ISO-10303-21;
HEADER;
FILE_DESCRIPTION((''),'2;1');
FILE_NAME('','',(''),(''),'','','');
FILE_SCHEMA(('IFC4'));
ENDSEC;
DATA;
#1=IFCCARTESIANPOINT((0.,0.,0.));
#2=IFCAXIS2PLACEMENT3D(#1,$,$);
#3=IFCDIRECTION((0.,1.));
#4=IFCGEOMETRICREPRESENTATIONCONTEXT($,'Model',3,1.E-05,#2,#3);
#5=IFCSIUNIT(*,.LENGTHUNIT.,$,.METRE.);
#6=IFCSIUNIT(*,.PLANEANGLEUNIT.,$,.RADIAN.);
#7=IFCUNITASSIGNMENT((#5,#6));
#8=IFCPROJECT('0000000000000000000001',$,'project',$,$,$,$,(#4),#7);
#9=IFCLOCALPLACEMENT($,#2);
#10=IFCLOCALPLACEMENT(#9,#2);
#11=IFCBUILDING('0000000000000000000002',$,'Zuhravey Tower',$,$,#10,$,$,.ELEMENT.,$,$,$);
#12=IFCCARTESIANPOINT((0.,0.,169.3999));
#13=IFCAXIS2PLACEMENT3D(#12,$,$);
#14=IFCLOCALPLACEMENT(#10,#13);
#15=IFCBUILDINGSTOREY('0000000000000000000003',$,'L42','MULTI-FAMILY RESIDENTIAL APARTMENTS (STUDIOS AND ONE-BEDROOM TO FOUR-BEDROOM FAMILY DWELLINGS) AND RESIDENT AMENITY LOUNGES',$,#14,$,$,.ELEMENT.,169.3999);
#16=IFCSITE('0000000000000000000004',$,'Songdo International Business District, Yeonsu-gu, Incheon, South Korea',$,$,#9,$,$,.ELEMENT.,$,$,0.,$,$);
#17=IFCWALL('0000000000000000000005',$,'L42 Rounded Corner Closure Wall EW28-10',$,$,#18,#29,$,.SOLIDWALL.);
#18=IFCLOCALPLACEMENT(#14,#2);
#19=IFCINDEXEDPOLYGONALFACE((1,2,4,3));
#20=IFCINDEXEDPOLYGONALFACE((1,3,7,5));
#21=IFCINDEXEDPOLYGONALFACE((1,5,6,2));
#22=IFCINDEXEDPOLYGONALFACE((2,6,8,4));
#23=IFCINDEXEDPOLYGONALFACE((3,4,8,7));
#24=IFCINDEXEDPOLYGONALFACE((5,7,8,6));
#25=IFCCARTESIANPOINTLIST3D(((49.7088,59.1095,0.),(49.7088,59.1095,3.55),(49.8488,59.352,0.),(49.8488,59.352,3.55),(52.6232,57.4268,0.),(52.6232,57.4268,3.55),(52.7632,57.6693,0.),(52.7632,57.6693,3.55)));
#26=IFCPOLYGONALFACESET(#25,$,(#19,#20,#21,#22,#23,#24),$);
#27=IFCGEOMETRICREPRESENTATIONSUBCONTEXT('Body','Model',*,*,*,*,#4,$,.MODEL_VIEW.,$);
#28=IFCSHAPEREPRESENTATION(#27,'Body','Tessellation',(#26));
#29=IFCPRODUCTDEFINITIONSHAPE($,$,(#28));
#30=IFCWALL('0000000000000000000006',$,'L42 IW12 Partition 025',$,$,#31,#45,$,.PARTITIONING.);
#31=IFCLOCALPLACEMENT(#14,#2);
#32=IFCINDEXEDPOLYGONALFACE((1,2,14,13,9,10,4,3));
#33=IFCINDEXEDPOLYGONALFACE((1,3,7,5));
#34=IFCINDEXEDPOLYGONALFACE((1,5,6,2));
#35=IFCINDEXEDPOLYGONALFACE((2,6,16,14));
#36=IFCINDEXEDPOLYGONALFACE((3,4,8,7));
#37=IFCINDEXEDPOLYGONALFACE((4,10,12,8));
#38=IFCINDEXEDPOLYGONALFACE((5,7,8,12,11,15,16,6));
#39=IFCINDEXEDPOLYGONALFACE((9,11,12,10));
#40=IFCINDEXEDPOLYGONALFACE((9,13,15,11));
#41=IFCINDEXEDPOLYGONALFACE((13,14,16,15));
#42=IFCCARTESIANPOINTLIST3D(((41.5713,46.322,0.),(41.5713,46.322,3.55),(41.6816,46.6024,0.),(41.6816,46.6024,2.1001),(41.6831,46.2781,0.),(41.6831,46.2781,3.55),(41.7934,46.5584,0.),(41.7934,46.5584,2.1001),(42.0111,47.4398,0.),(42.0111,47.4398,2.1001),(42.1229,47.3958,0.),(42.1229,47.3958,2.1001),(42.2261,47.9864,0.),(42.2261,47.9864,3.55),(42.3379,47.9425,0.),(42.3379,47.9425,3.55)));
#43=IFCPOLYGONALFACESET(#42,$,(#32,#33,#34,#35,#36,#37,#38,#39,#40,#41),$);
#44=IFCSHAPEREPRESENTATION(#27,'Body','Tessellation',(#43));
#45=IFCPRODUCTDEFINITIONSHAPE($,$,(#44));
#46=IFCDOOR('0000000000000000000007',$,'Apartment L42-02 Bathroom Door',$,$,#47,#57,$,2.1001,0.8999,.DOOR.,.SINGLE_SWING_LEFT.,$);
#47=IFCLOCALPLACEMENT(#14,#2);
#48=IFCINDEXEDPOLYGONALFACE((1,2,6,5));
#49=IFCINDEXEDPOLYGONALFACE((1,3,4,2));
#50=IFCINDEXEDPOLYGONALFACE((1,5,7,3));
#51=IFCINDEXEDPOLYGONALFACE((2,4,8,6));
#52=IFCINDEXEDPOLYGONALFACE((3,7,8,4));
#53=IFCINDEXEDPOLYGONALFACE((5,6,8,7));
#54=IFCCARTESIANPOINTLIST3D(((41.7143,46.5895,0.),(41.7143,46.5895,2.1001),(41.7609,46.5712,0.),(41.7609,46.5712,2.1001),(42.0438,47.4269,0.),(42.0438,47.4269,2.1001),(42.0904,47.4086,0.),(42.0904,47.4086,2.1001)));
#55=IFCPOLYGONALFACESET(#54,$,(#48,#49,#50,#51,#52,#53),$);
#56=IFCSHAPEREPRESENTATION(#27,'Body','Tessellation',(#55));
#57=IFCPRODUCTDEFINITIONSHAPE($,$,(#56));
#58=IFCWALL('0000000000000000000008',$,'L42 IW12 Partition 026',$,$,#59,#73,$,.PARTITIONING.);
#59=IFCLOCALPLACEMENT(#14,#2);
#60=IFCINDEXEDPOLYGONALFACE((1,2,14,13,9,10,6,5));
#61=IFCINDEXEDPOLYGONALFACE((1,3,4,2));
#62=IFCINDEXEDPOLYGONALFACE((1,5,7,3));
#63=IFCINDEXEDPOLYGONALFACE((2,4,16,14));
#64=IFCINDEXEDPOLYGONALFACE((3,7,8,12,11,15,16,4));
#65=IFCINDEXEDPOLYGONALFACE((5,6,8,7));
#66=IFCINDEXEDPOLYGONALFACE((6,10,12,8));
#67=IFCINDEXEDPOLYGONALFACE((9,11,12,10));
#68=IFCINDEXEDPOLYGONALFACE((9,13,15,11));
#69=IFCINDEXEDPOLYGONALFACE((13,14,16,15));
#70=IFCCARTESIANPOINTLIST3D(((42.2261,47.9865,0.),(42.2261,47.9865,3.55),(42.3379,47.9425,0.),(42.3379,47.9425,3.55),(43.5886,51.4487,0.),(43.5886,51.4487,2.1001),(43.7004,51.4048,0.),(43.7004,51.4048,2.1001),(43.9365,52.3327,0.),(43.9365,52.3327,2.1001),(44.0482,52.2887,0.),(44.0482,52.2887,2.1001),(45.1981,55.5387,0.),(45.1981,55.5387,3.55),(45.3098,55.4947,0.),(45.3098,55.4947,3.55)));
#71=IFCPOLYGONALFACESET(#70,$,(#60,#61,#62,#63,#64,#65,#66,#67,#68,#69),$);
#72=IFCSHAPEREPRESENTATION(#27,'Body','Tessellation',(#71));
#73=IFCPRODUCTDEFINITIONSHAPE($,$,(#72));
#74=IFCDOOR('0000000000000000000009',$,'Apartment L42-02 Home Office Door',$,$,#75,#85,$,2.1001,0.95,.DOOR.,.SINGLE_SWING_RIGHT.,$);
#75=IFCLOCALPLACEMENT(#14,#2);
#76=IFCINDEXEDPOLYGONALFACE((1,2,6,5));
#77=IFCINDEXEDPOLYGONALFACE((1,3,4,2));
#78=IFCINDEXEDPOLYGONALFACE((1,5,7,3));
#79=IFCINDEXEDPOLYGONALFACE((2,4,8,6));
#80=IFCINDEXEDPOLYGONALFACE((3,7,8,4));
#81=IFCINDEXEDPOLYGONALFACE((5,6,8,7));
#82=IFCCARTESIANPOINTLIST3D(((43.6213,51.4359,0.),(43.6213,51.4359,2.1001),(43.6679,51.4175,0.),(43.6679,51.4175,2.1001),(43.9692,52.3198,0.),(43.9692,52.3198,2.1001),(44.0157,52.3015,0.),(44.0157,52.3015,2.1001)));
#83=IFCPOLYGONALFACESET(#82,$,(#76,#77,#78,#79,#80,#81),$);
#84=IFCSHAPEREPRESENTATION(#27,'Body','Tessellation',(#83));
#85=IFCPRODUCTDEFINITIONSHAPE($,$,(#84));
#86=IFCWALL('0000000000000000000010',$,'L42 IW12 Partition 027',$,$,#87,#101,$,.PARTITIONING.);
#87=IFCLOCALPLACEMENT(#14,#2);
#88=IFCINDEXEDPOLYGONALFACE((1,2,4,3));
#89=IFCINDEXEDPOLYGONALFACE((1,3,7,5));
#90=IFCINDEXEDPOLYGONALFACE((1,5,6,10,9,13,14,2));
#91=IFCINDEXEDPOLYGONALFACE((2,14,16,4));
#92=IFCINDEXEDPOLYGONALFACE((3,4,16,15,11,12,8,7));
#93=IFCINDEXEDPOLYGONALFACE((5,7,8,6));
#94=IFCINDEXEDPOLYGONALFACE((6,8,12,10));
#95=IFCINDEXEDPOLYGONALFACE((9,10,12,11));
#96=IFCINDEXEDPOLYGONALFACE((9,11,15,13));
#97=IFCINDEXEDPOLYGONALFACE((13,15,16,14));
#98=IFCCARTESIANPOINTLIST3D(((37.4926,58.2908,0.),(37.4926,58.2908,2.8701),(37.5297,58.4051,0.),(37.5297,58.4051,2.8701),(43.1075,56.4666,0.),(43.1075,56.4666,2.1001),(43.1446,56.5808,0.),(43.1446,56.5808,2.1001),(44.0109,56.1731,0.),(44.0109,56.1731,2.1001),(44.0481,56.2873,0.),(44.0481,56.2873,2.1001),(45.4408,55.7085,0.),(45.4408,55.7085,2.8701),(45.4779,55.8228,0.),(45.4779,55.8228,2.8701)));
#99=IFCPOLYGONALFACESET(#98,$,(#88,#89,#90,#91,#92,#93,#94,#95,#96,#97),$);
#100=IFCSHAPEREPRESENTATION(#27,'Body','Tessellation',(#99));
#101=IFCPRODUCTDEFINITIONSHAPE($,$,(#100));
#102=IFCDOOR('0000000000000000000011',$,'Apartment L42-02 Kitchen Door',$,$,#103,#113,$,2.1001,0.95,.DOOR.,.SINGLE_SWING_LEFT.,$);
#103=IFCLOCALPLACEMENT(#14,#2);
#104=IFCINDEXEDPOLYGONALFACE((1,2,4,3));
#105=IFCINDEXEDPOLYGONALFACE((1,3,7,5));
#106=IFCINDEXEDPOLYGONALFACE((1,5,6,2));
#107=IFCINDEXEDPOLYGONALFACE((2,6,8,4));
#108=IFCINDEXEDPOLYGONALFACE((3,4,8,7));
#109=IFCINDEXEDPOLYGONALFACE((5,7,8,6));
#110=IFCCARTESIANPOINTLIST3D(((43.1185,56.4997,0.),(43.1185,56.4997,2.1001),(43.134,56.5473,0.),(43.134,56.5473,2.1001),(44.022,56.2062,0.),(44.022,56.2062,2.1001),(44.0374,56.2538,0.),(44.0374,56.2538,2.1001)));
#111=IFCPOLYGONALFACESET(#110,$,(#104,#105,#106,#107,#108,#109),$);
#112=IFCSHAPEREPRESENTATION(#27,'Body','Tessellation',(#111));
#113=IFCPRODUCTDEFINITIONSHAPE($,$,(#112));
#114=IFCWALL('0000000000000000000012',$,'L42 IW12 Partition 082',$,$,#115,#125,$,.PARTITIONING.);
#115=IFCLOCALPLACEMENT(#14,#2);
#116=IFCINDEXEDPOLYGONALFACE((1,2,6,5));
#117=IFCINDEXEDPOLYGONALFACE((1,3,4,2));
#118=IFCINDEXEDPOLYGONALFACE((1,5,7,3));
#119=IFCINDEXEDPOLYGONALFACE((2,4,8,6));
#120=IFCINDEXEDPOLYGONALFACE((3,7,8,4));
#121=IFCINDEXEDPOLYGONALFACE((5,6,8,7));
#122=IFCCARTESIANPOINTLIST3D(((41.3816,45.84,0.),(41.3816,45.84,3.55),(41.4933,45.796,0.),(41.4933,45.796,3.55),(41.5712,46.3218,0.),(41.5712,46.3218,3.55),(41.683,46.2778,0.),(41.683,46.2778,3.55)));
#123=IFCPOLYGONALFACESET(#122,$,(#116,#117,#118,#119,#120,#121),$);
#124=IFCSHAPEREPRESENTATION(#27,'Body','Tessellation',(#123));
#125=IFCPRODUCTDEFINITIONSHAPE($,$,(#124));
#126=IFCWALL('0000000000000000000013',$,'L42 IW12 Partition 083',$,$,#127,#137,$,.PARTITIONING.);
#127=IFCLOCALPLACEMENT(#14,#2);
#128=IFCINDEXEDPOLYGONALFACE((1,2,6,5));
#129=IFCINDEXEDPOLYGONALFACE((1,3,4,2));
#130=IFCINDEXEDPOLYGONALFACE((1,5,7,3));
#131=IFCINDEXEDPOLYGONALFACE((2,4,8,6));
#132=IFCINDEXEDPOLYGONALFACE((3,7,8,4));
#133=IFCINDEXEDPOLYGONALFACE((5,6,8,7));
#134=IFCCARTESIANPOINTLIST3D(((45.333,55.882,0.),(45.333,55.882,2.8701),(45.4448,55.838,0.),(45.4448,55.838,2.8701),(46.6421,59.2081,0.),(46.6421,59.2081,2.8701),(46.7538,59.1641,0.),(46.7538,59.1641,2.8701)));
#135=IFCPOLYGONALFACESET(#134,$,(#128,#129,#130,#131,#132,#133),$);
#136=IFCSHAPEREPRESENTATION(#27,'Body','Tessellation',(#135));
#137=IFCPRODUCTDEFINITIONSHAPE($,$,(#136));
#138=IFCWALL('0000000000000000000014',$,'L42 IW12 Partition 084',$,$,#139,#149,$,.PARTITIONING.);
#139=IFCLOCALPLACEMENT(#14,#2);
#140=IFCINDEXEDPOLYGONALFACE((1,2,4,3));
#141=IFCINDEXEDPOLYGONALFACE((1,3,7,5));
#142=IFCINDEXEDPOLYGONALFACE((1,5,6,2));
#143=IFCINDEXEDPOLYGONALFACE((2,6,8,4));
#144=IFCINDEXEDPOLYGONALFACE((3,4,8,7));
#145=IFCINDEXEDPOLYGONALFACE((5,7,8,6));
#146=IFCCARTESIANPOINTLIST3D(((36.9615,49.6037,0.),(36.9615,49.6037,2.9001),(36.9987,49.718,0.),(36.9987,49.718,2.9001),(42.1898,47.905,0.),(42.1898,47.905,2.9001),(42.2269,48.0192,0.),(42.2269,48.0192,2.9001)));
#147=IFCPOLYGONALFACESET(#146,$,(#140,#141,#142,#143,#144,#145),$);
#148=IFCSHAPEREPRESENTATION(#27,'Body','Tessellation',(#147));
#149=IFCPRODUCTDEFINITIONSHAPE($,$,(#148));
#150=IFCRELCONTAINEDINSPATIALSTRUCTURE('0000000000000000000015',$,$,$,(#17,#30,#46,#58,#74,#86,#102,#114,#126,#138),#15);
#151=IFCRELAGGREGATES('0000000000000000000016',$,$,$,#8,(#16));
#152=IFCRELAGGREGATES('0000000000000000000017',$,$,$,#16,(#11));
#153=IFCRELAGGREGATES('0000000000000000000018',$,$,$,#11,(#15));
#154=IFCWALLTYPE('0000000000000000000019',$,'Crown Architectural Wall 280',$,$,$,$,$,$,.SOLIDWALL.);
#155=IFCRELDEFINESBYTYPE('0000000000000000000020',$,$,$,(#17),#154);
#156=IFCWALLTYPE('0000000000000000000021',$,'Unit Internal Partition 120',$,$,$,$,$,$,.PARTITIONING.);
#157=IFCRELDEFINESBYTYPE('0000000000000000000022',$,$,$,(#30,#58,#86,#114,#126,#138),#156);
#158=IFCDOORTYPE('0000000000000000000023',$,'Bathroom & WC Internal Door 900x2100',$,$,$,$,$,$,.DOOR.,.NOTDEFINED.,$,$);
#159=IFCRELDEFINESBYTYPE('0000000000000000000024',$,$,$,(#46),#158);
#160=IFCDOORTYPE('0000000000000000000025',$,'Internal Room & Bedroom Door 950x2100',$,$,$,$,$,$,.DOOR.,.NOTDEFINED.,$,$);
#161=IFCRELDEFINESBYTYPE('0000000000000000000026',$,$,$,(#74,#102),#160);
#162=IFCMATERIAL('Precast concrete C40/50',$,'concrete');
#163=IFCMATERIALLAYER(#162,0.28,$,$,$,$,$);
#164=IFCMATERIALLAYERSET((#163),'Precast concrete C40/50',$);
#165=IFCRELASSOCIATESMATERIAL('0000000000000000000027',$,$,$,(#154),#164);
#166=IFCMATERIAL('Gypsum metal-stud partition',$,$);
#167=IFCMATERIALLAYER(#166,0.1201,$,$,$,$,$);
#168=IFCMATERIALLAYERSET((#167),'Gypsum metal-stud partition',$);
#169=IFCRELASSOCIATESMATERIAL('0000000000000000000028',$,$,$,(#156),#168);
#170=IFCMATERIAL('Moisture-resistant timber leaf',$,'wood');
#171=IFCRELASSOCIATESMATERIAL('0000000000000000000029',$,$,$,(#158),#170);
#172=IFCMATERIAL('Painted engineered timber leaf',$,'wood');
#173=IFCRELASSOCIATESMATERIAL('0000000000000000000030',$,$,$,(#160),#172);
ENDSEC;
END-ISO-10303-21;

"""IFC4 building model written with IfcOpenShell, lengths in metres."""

from ifc_helpers import new_model, si_unit, direction, frame, frame_2d, origin, place, context, subcontext, project, spatial, rectangle, extrude, material, layer, layer_set, type_object, element, fill, save


model = new_model("IFC4")

# Units and contexts
model_context = context("Model", 3, precision=1e-05, world=origin(), true_north=direction((0.0, 1.0)))
body_context = subcontext(model_context, "Body", "Model", "MODEL_VIEW")
ifc_project = project(units=[si_unit("LENGTHUNIT", "METRE"), si_unit("PLANEANGLEUNIT", "RADIAN")], contexts=[model_context])

# Site, building, storey
site_placement = place(None, origin())
site = spatial("IfcSite", under=ifc_project, at=site_placement, Name="Songdo International Business District, Yeonsu-gu, Incheon, South Korea", CompositionType="ELEMENT", RefElevation=0.0)
building_placement = place(site_placement, origin())
building = spatial("IfcBuilding", under=site, at=building_placement, Name="Zuhravey Tower", CompositionType="ELEMENT")
storey_placement = place(building_placement, frame((0.0, 0.0, 169.3999)))
storey = spatial("IfcBuildingStorey", under=building, at=storey_placement, Name="L42", Description="MULTI-FAMILY RESIDENTIAL APARTMENTS (STUDIOS AND ONE-BEDROOM TO FOUR-BEDROOM FAMILY DWELLINGS) AND RESIDENT AMENITY LOUNGES", CompositionType="ELEMENT", Elevation=169.3999)

# Wall
ifc_material_1 = material(Name="Precast concrete C40/50", Category="concrete")
ifc_layer_1 = layer(ifc_material_1, 0.28)
ifc_layer_set_1 = layer_set([ifc_layer_1], Name="Precast concrete C40/50")
wall_type_1 = type_object("IfcWallType", Name="Crown Architectural Wall 280", PredefinedType="SOLIDWALL", material=ifc_layer_set_1)
wall_1_placement = place(storey_placement, frame((49.7788, 59.2307, 0.0), z_axis=(0.0, 0.0, 1.0), x_axis=(0.86602, -0.500009, 0.0)))
element("IfcWall", 1, at=wall_1_placement, inside=storey, type_object=wall_type_1, Name="L42 Rounded Corner Closure Wall EW28-10", PredefinedType="SOLIDWALL", context=body_context, shape_type="SweptSolid", body=[
    extrude(rectangle(XDim=3.3652, YDim=0.28, at=frame_2d((1.6826, 0.0))), origin(), (0.0, 0.0, 1.0), 3.55),
])

# Walls, openings, doors
ifc_material_2 = material(Name="Gypsum metal-stud partition")
ifc_layer_2 = layer(ifc_material_2, 0.1201)
ifc_layer_set_2 = layer_set([ifc_layer_2], Name="Gypsum metal-stud partition")
wall_type_2 = type_object("IfcWallType", Name="Unit Internal Partition 120", PredefinedType="PARTITIONING", material=ifc_layer_set_2)
wall_2_placement = place(storey_placement, frame((41.6272, 46.3, 0.0), z_axis=(0.0, 0.0, 1.0), x_axis=(0.366113, 0.930571, 0.0)))
wall_2 = element("IfcWall", 2, at=wall_2_placement, inside=storey, type_object=wall_type_2, Name="L42 IW12 Partition 025", PredefinedType="PARTITIONING", context=body_context, shape_type="SweptSolid", body=[
    extrude(rectangle(XDim=1.7886, YDim=0.1201, at=frame_2d((0.8943, 0.0))), origin(), (0.0, 0.0, 1.0), 3.55),
])
opening_1_placement = place(wall_2_placement, frame((0.3013, 0.0, 0.0)))
opening_1 = element("IfcOpeningElement", 3, at=opening_1_placement, cuts=wall_2, PredefinedType="OPENING", context=body_context, shape_type="SweptSolid", body=[
    extrude(rectangle(XDim=0.8999, YDim=2.1001, at=frame_2d((0.45, 1.05))), frame((0.0, 0.072, 0.0), z_axis=(0.0, -1.0, 0.0), x_axis=(1.0, 0.0, 0.0)), (0.0, 0.0, 1.0), 0.144),
])
ifc_material_3 = material(Name="Moisture-resistant timber leaf", Category="wood")
door_type_1 = type_object("IfcDoorType", Name="Bathroom & WC Internal Door 900x2100", OperationType="NOTDEFINED", PredefinedType="DOOR", material=ifc_material_3)
door_1_placement = place(opening_1_placement, origin())
door_1 = element("IfcDoor", 4, at=door_1_placement, inside=storey, type_object=door_type_1, Name="Apartment L42-02 Bathroom Door", OperationType="SINGLE_SWING_LEFT", OverallHeight=2.1001, OverallWidth=0.8999, PredefinedType="DOOR", context=body_context, shape_type="SweptSolid", body=[
    extrude(rectangle(XDim=0.8999, YDim=2.1001, at=frame_2d((0.45, 1.05))), frame((0.0, 0.0249, 0.0), z_axis=(0.0, -1.0, 0.0), x_axis=(1.0, 0.0, 0.0)), (0.0, 0.0, 1.0), 0.05),
])
fill(opening_1, door_1)
wall_3_placement = place(storey_placement, frame((42.282, 47.9644, 0.0), z_axis=(0.0, 0.0, 1.0), x_axis=(0.366183, 0.930543, 0.0)))
wall_3 = element("IfcWall", 5, at=wall_3_placement, inside=storey, type_object=wall_type_2, Name="L42 IW12 Partition 026", PredefinedType="PARTITIONING", context=body_context, shape_type="SweptSolid", body=[
    extrude(rectangle(XDim=8.116, YDim=0.1201, at=frame_2d((4.0581, 0.0))), origin(), (0.0, 0.0, 1.0), 3.55),
])
opening_2_placement = place(wall_3_placement, frame((3.7207, 0.0, 0.0)))
opening_2 = element("IfcOpeningElement", 6, at=opening_2_placement, cuts=wall_3, PredefinedType="OPENING", context=body_context, shape_type="SweptSolid", body=[
    extrude(rectangle(XDim=0.95, YDim=2.1001, at=frame_2d((0.4751, 1.05))), frame((0.0, 0.072, 0.0), z_axis=(0.0, -1.0, 0.0), x_axis=(1.0, 0.0, 0.0)), (0.0, 0.0, 1.0), 0.144),
])
ifc_material_4 = material(Name="Painted engineered timber leaf", Category="wood")
door_type_2 = type_object("IfcDoorType", Name="Internal Room & Bedroom Door 950x2100", OperationType="NOTDEFINED", PredefinedType="DOOR", material=ifc_material_4)
door_2_placement = place(opening_2_placement, origin())
door_2 = element("IfcDoor", 7, at=door_2_placement, inside=storey, type_object=door_type_2, Name="Apartment L42-02 Home Office Door", OperationType="SINGLE_SWING_RIGHT", OverallHeight=2.1001, OverallWidth=0.95, PredefinedType="DOOR", context=body_context, shape_type="SweptSolid", body=[
    extrude(rectangle(XDim=0.95, YDim=2.1001, at=frame_2d((0.4751, 1.05))), frame((0.0, 0.0249, 0.0), z_axis=(0.0, -1.0, 0.0), x_axis=(1.0, 0.0, 0.0)), (0.0, 0.0, 1.0), 0.05),
])
fill(opening_2, door_2)
wall_4_placement = place(storey_placement, frame((45.4595, 55.7656, 0.0), z_axis=(0.0, 0.0, 1.0), x_axis=(-0.951066, 0.308988, 0.0)))
wall_4 = element("IfcWall", 8, at=wall_4_placement, inside=storey, type_object=wall_type_2, Name="L42 IW12 Partition 027", PredefinedType="PARTITIONING", context=body_context, shape_type="SweptSolid", body=[
    extrude(rectangle(XDim=8.3572, YDim=0.1201, at=frame_2d((4.1787, 0.0))), origin(), (0.0, 0.0, 1.0), 2.8701),
])
opening_3_placement = place(wall_4_placement, frame((1.5034, 0.0, 0.0)))
opening_3 = element("IfcOpeningElement", 9, at=opening_3_placement, cuts=wall_4, PredefinedType="OPENING", context=body_context, shape_type="SweptSolid", body=[
    extrude(rectangle(XDim=0.95, YDim=2.1001, at=frame_2d((0.4751, 1.05))), frame((0.0, 0.072, 0.0), z_axis=(0.0, -1.0, 0.0), x_axis=(1.0, 0.0, 0.0)), (0.0, 0.0, 1.0), 0.144),
])
door_3_placement = place(opening_3_placement, frame((0.95, 0.0, 0.0), z_axis=(0.0, 0.0, 1.0), x_axis=(-1.0, 0.0, 0.0)))
door_3 = element("IfcDoor", 10, at=door_3_placement, inside=storey, type_object=door_type_2, Name="Apartment L42-02 Kitchen Door", OperationType="SINGLE_SWING_LEFT", OverallHeight=2.1001, OverallWidth=0.95, PredefinedType="DOOR", context=body_context, shape_type="SweptSolid", body=[
    extrude(rectangle(XDim=0.95, YDim=2.1001, at=frame_2d((0.4751, 1.05))), frame((0.0, 0.0249, 0.0), z_axis=(0.0, -1.0, 0.0), x_axis=(1.0, 0.0, 0.0)), (0.0, 0.0, 1.0), 0.05),
])
fill(opening_3, door_3)

# Walls
wall_5_placement = place(storey_placement, frame((41.4375, 45.8181, 0.0), z_axis=(0.0, 0.0, 1.0), x_axis=(0.366265, 0.930511, 0.0)))
element("IfcWall", 11, at=wall_5_placement, inside=storey, type_object=wall_type_2, Name="L42 IW12 Partition 082", PredefinedType="PARTITIONING", context=body_context, shape_type="SweptSolid", body=[
    extrude(rectangle(XDim=0.5178, YDim=0.1201, at=frame_2d((0.2588, 0.0))), origin(), (0.0, 0.0, 1.0), 3.55),
])
wall_6_placement = place(storey_placement, frame((45.3889, 55.8601, 0.0), z_axis=(0.0, 0.0, 1.0), x_axis=(0.366227, 0.930526, 0.0)))
element("IfcWall", 12, at=wall_6_placement, inside=storey, type_object=wall_type_2, Name="L42 IW12 Partition 083", PredefinedType="PARTITIONING", context=body_context, shape_type="SweptSolid", body=[
    extrude(rectangle(XDim=3.5745, YDim=0.1201, at=frame_2d((1.7871, 0.0))), origin(), (0.0, 0.0, 1.0), 2.8701),
])
wall_7_placement = place(storey_placement, frame((42.2083, 47.9622, 0.0), z_axis=(0.0, 0.0, 1.0), x_axis=(-0.951059, 0.309011, 0.0)))
element("IfcWall", 13, at=wall_7_placement, inside=storey, type_object=wall_type_2, Name="L42 IW12 Partition 084", PredefinedType="PARTITIONING", context=body_context, shape_type="SweptSolid", body=[
    extrude(rectangle(XDim=5.4973, YDim=0.1201, at=frame_2d((2.7485, 0.0))), origin(), (0.0, 0.0, 1.0), 2.9001),
])

save(model, "model.ifc")
